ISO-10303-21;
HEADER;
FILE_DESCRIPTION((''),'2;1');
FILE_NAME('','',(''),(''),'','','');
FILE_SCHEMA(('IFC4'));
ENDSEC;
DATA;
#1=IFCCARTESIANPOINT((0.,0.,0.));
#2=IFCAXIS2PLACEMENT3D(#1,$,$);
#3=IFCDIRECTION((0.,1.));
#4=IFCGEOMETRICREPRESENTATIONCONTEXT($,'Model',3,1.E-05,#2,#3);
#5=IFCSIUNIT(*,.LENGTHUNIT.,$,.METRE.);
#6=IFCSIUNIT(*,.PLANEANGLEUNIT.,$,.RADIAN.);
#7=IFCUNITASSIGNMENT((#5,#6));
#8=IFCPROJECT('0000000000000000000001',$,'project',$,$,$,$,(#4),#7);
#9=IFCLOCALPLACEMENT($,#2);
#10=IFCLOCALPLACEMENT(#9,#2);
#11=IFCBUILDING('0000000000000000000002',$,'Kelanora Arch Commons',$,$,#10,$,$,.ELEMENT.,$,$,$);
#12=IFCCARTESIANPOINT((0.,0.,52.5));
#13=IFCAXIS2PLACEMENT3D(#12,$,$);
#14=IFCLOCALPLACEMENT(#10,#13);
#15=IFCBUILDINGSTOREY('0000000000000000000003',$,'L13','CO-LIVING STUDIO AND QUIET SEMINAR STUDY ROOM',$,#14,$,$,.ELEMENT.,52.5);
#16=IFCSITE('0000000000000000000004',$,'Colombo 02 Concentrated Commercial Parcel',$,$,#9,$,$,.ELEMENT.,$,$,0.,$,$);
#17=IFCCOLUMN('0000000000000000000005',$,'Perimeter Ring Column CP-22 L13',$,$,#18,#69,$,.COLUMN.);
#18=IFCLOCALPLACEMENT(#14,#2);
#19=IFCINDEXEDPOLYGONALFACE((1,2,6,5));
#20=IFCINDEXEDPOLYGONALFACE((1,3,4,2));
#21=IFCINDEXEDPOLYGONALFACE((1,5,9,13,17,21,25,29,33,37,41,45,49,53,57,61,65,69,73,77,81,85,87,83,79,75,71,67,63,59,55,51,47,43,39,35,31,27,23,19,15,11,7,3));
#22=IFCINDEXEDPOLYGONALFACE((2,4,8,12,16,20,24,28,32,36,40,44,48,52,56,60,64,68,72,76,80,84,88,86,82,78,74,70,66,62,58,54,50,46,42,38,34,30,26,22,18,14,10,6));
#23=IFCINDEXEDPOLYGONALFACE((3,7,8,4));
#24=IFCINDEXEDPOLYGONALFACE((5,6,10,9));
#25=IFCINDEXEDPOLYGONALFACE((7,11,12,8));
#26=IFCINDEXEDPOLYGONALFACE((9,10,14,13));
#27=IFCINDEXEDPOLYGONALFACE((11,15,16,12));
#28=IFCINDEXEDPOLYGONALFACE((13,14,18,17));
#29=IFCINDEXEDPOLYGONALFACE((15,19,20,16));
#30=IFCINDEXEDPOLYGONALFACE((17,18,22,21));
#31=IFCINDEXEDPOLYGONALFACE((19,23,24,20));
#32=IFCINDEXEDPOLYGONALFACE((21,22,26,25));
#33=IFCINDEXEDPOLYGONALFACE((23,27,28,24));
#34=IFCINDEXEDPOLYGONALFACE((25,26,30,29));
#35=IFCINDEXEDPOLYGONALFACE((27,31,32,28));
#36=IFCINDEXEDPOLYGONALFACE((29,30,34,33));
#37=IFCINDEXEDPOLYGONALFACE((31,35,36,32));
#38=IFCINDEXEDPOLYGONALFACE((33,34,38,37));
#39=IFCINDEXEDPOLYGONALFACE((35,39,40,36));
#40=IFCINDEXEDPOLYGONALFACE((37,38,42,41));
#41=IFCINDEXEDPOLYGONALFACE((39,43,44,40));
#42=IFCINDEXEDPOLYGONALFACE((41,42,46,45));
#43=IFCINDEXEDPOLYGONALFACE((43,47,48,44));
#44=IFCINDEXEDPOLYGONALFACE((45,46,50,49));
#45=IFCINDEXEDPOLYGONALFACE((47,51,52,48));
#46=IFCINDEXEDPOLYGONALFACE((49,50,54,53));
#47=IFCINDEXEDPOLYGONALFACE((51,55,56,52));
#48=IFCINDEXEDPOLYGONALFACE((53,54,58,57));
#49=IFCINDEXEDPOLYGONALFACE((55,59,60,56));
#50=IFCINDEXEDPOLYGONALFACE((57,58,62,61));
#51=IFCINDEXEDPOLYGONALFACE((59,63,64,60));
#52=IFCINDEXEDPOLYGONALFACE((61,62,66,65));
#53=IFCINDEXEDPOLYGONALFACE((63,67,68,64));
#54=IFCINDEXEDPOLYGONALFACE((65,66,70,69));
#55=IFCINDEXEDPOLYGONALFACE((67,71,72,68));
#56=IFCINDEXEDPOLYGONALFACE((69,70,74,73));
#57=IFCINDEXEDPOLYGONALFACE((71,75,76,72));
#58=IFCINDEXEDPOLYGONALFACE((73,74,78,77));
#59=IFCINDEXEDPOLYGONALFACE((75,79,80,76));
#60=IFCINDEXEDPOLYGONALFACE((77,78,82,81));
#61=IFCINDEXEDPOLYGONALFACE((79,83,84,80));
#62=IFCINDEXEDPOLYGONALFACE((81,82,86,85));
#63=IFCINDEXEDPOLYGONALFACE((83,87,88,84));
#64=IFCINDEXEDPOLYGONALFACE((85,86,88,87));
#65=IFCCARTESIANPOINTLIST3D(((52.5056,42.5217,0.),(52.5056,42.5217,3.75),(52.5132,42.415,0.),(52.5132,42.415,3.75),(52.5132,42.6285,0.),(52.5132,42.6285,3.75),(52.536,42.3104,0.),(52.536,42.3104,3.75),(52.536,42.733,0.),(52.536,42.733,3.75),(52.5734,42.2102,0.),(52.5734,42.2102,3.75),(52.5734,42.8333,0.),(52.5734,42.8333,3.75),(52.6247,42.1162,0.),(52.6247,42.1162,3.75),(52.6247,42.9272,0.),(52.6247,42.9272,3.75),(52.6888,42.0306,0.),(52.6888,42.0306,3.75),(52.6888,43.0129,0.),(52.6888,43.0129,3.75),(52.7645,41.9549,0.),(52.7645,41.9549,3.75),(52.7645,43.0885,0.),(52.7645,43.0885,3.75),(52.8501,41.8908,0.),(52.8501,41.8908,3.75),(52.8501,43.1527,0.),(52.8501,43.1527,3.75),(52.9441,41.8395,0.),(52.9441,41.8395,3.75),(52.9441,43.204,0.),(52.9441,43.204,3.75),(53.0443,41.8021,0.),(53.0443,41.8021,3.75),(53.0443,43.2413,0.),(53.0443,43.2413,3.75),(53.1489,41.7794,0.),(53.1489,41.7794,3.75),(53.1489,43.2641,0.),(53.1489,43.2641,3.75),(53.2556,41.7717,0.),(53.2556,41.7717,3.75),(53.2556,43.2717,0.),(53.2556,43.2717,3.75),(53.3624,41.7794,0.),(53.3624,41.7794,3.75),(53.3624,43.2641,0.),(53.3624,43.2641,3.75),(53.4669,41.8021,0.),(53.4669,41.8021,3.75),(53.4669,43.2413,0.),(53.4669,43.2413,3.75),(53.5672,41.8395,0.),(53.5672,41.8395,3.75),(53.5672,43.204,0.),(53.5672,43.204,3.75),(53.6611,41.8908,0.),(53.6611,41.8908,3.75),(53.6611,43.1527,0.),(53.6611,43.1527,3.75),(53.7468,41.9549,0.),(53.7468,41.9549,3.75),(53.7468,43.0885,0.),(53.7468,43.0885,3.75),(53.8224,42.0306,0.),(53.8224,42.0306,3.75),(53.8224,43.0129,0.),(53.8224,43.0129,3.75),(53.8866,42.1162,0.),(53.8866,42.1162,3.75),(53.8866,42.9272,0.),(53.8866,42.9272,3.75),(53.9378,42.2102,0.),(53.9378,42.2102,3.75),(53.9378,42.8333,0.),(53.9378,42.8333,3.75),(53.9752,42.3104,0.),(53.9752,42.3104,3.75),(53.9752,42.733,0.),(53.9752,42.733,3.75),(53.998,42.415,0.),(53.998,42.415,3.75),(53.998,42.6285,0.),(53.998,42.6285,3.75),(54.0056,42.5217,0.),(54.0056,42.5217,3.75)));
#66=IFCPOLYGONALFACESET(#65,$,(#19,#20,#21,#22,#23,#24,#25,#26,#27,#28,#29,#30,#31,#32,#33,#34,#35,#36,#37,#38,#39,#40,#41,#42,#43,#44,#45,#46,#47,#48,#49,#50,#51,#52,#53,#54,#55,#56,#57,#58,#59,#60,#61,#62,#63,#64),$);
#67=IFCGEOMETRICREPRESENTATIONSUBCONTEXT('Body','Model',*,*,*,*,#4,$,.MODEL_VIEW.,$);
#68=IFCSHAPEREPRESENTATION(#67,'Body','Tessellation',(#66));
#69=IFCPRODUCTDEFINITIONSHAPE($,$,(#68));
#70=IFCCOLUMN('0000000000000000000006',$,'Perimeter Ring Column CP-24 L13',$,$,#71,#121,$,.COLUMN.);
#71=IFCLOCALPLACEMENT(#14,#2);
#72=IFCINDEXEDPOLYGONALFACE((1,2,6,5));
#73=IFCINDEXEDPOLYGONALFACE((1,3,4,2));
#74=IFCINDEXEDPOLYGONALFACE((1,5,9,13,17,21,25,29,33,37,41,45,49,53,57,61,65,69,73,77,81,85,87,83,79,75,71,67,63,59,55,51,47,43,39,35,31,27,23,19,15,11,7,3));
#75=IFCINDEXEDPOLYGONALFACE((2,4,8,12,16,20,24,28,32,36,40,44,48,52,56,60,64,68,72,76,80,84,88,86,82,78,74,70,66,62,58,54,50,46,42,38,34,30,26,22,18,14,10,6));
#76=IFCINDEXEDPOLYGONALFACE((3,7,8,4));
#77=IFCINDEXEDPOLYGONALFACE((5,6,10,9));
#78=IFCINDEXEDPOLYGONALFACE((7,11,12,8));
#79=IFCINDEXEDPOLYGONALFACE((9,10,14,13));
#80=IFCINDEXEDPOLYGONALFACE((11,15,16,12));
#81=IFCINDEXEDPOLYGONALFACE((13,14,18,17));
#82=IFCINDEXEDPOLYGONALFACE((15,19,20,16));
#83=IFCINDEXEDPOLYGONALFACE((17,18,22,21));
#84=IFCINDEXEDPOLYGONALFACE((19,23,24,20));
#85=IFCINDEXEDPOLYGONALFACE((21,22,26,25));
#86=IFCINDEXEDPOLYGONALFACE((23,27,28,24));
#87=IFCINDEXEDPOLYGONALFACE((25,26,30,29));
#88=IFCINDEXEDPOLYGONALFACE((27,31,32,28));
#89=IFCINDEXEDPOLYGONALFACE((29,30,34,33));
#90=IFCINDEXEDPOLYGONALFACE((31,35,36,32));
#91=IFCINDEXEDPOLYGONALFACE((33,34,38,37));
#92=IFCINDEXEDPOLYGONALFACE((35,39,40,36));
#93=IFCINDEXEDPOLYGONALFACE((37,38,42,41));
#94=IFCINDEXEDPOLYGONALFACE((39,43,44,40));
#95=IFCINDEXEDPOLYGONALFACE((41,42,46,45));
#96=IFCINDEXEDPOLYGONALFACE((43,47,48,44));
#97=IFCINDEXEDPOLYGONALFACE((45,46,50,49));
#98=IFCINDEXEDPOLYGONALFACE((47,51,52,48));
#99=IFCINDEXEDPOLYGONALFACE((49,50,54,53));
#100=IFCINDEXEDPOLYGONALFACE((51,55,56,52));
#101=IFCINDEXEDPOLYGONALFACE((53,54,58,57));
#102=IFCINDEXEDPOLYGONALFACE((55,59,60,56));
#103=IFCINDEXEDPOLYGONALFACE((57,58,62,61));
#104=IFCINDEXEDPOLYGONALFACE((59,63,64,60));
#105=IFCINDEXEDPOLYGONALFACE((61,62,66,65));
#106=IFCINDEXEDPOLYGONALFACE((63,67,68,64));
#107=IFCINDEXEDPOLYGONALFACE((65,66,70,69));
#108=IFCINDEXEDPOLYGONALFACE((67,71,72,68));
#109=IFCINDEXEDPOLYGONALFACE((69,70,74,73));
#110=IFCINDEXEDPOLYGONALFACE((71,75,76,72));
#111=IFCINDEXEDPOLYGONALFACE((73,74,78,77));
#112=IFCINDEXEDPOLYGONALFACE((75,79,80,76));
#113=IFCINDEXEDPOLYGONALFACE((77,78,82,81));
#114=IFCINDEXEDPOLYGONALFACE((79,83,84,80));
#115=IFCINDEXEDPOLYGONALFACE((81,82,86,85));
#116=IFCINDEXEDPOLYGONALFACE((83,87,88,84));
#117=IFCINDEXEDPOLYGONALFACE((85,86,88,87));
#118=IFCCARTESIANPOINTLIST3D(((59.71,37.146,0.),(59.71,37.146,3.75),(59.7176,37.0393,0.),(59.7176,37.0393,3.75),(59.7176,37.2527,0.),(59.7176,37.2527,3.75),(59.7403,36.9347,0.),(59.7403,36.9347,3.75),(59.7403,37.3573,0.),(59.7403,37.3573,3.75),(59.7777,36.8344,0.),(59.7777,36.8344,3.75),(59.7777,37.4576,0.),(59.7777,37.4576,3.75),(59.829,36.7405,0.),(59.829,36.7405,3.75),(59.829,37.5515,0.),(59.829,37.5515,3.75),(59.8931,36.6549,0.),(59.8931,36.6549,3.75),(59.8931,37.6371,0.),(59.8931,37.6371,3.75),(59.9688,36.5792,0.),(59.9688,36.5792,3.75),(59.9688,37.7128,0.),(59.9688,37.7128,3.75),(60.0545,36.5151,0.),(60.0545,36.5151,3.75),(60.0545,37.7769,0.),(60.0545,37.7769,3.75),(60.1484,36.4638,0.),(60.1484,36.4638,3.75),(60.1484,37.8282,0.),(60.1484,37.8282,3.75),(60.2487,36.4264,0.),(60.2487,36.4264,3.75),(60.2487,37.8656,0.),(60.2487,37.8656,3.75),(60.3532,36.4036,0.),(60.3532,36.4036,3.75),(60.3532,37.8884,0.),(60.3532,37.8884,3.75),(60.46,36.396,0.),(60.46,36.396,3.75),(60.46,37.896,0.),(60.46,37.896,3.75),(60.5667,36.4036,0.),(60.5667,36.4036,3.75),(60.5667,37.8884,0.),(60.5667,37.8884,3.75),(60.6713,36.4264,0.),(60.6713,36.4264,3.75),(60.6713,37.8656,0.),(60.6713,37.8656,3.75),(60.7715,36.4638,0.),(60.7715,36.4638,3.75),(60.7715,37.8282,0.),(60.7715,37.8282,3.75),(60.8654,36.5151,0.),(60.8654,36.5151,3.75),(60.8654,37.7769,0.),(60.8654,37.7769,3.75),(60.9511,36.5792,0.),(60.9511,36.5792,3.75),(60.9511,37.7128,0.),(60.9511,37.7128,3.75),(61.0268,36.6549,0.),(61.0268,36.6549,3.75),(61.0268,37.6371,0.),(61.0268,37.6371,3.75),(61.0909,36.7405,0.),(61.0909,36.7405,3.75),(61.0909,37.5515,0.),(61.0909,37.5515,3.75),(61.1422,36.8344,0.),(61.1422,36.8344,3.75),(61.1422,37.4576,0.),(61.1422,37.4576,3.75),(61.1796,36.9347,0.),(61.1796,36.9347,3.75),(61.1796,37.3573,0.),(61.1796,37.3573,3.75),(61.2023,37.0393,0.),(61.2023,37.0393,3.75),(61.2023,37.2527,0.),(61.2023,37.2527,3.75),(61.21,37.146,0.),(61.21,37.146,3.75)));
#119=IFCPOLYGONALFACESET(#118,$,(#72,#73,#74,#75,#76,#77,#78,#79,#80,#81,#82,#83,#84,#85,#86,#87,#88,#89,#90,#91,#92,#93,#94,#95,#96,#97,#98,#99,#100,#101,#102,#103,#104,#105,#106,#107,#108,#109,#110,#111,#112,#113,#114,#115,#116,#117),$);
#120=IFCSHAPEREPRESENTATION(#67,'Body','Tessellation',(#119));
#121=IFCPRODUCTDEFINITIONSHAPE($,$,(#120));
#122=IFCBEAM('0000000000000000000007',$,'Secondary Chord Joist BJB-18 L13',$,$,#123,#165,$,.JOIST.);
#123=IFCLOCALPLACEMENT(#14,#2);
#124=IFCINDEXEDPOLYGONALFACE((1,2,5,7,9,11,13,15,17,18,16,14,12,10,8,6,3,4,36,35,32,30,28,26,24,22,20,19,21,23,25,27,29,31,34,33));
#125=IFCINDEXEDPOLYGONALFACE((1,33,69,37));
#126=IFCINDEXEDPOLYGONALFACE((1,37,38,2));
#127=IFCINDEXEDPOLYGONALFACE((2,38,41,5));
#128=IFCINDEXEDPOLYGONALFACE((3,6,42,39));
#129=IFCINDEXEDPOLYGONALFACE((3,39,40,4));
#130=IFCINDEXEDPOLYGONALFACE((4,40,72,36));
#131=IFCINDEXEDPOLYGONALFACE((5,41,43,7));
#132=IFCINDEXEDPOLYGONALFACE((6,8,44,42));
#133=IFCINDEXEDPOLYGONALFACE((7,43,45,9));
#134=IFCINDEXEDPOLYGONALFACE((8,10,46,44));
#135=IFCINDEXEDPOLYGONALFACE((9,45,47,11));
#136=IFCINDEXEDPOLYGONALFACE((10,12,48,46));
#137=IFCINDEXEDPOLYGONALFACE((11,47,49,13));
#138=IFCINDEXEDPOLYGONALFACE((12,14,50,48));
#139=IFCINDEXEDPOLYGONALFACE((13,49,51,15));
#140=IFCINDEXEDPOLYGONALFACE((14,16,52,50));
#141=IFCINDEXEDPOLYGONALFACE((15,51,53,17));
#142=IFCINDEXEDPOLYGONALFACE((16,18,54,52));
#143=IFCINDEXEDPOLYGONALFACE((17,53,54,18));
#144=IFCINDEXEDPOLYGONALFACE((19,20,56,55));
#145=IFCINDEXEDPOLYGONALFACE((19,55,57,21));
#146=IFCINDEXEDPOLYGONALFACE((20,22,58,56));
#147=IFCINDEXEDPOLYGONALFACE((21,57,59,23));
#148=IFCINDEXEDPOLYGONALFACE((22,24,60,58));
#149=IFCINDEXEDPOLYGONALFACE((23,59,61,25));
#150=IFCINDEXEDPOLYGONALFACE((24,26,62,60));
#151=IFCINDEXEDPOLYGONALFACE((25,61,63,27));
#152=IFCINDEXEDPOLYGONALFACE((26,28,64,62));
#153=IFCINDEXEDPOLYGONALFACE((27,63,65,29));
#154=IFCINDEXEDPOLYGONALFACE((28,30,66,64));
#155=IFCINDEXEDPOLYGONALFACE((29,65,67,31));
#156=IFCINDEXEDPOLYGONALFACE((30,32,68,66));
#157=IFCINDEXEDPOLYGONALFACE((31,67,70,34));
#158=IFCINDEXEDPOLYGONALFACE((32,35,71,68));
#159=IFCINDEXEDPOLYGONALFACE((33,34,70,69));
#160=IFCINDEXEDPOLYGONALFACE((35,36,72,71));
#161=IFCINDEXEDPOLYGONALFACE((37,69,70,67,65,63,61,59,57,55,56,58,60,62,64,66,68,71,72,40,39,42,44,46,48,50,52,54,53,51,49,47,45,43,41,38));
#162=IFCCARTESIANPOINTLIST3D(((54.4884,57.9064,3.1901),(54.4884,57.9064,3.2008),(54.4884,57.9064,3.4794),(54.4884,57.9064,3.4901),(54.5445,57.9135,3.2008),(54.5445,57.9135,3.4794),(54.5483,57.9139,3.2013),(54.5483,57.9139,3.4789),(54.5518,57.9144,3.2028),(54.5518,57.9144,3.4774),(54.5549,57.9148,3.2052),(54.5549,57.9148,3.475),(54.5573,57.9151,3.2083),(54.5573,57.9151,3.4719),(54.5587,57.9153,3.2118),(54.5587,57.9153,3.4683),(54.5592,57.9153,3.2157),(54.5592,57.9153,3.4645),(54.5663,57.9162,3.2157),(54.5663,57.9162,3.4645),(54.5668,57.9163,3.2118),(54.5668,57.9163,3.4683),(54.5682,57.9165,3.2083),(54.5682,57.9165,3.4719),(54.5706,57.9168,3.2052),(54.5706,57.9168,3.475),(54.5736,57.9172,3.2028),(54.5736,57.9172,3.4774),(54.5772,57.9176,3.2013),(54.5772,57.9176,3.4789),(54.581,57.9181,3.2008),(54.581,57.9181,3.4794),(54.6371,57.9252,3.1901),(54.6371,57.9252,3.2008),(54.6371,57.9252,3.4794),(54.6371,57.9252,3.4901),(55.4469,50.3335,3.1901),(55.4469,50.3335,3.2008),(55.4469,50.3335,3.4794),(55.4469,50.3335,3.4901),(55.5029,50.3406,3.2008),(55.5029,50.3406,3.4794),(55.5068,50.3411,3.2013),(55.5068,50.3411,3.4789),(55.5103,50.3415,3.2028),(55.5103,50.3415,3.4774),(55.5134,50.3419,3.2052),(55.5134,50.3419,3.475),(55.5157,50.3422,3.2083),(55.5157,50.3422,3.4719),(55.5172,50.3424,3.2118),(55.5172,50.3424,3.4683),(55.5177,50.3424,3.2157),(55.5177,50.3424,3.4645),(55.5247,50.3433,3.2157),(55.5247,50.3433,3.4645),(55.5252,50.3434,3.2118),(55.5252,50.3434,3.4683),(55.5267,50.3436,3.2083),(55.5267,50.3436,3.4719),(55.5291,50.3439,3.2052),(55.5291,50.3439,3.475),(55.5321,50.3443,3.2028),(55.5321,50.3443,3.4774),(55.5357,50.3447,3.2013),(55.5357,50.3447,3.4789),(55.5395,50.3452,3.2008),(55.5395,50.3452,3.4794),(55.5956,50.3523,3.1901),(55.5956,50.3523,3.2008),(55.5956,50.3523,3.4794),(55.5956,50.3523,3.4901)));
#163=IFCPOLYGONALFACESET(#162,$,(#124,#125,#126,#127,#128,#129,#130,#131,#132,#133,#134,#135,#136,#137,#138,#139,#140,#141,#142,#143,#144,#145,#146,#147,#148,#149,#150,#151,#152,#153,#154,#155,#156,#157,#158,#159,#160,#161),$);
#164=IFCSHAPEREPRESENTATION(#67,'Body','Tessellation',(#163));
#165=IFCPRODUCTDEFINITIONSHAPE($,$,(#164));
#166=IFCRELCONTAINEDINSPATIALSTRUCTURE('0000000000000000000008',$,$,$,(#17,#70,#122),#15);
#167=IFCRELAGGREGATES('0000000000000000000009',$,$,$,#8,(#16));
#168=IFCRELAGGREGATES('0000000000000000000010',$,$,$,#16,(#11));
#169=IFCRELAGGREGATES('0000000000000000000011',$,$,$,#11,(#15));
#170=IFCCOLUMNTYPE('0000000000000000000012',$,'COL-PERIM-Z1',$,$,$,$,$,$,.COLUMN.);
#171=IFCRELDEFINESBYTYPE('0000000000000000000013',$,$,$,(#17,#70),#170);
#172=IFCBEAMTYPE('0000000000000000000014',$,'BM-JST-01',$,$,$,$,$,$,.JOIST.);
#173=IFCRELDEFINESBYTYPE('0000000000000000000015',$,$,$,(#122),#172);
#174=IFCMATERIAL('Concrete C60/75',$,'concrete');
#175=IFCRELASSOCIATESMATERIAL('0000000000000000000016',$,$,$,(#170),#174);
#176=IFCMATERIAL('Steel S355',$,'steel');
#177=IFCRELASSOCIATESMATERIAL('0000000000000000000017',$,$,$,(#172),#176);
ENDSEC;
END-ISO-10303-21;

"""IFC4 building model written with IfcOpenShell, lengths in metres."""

from ifc_helpers import new_model, si_unit, direction, frame, origin, origin_2d, place, context, subcontext, project, spatial, circle, i_section, extrude, material, material_profile, profile_set, type_object, element, save


model = new_model("IFC4")

# Units and contexts
model_context = context("Model", 3, precision=1e-05, world=origin(), true_north=direction((0.0, 1.0)))
body_context = subcontext(model_context, "Body", "Model", "MODEL_VIEW")
ifc_project = project(units=[si_unit("LENGTHUNIT", "METRE"), si_unit("PLANEANGLEUNIT", "RADIAN")], contexts=[model_context])

# Site, building, storey
site_placement = place(None, origin())
site = spatial("IfcSite", under=ifc_project, at=site_placement, Name="Colombo 02 Concentrated Commercial Parcel", CompositionType="ELEMENT", RefElevation=0.0)
building_placement = place(site_placement, origin())
building = spatial("IfcBuilding", under=site, at=building_placement, Name="Kelanora Arch Commons", CompositionType="ELEMENT")
storey_placement = place(building_placement, frame((0.0, 0.0, 52.5)))
storey = spatial("IfcBuildingStorey", under=building, at=storey_placement, Name="L13", Description="CO-LIVING STUDIO AND QUIET SEMINAR STUDY ROOM", CompositionType="ELEMENT", Elevation=52.5)

# Columns
ifc_material_1 = material(Name="Concrete C60/75", Category="concrete")
ifc_material_profile_1 = material_profile(ifc_material_1, circle(Radius=0.75, at=origin_2d()), Name="RCC1500")
ifc_profile_set_1 = profile_set([ifc_material_profile_1], Name="Concrete C60/75")
column_type = type_object("IfcColumnType", Name="COL-PERIM-Z1", PredefinedType="COLUMN", material=ifc_profile_set_1)
for number, where, z_axis, x_axis, name in (
    (1, (53.2556, 42.5217, 0.0), (0.0, 0.0, 1.0), (1.0, 0.0, 0.0), "Perimeter Ring Column CP-22 L13"),
    (2, (60.46, 37.146, 0.0), (0.0, 0.0, 1.0), (1.0, 0.0, 0.0), "Perimeter Ring Column CP-24 L13"),
):
    element("IfcColumn", number, at=place(storey_placement, frame(where, z_axis=z_axis, x_axis=x_axis)), inside=storey, type_object=column_type, Name=name, PredefinedType="COLUMN", context=body_context, shape_type="SweptSolid", body=[
        extrude(circle(Radius=0.75, at=origin_2d()), origin(), (0.0, 0.0, 1.0), 3.75),
    ])

# Beam
ifc_material_2 = material(Name="Steel S355", Category="steel")
ifc_material_profile_2 = material_profile(ifc_material_2, i_section(OverallWidth=0.1499, OverallDepth=0.3, WebThickness=0.0071, FlangeThickness=0.0107, FilletRadius=0.0149, at=origin_2d()), Name="IPE300")
ifc_profile_set_2 = profile_set([ifc_material_profile_2], Name="Steel S355")
beam_type_1 = type_object("IfcBeamType", Name="BM-JST-01", PredefinedType="JOIST", material=ifc_profile_set_2)
beam_1_placement = place(storey_placement, frame((54.5627, 57.9158, 3.3401), z_axis=(0.125566, -0.992085, 0.0), x_axis=(0.992085, 0.125566, 0.0)))
element("IfcBeam", 3, at=beam_1_placement, inside=storey, type_object=beam_type_1, Name="Secondary Chord Joist BJB-18 L13", PredefinedType="JOIST", context=body_context, shape_type="SweptSolid", body=[
    extrude(i_section(OverallWidth=0.1499, OverallDepth=0.3, WebThickness=0.0071, FlangeThickness=0.0107, FilletRadius=0.0149, at=origin_2d()), origin(), (0.0, 0.0, 1.0), 7.6333),
])

save(model, "model.ifc")
